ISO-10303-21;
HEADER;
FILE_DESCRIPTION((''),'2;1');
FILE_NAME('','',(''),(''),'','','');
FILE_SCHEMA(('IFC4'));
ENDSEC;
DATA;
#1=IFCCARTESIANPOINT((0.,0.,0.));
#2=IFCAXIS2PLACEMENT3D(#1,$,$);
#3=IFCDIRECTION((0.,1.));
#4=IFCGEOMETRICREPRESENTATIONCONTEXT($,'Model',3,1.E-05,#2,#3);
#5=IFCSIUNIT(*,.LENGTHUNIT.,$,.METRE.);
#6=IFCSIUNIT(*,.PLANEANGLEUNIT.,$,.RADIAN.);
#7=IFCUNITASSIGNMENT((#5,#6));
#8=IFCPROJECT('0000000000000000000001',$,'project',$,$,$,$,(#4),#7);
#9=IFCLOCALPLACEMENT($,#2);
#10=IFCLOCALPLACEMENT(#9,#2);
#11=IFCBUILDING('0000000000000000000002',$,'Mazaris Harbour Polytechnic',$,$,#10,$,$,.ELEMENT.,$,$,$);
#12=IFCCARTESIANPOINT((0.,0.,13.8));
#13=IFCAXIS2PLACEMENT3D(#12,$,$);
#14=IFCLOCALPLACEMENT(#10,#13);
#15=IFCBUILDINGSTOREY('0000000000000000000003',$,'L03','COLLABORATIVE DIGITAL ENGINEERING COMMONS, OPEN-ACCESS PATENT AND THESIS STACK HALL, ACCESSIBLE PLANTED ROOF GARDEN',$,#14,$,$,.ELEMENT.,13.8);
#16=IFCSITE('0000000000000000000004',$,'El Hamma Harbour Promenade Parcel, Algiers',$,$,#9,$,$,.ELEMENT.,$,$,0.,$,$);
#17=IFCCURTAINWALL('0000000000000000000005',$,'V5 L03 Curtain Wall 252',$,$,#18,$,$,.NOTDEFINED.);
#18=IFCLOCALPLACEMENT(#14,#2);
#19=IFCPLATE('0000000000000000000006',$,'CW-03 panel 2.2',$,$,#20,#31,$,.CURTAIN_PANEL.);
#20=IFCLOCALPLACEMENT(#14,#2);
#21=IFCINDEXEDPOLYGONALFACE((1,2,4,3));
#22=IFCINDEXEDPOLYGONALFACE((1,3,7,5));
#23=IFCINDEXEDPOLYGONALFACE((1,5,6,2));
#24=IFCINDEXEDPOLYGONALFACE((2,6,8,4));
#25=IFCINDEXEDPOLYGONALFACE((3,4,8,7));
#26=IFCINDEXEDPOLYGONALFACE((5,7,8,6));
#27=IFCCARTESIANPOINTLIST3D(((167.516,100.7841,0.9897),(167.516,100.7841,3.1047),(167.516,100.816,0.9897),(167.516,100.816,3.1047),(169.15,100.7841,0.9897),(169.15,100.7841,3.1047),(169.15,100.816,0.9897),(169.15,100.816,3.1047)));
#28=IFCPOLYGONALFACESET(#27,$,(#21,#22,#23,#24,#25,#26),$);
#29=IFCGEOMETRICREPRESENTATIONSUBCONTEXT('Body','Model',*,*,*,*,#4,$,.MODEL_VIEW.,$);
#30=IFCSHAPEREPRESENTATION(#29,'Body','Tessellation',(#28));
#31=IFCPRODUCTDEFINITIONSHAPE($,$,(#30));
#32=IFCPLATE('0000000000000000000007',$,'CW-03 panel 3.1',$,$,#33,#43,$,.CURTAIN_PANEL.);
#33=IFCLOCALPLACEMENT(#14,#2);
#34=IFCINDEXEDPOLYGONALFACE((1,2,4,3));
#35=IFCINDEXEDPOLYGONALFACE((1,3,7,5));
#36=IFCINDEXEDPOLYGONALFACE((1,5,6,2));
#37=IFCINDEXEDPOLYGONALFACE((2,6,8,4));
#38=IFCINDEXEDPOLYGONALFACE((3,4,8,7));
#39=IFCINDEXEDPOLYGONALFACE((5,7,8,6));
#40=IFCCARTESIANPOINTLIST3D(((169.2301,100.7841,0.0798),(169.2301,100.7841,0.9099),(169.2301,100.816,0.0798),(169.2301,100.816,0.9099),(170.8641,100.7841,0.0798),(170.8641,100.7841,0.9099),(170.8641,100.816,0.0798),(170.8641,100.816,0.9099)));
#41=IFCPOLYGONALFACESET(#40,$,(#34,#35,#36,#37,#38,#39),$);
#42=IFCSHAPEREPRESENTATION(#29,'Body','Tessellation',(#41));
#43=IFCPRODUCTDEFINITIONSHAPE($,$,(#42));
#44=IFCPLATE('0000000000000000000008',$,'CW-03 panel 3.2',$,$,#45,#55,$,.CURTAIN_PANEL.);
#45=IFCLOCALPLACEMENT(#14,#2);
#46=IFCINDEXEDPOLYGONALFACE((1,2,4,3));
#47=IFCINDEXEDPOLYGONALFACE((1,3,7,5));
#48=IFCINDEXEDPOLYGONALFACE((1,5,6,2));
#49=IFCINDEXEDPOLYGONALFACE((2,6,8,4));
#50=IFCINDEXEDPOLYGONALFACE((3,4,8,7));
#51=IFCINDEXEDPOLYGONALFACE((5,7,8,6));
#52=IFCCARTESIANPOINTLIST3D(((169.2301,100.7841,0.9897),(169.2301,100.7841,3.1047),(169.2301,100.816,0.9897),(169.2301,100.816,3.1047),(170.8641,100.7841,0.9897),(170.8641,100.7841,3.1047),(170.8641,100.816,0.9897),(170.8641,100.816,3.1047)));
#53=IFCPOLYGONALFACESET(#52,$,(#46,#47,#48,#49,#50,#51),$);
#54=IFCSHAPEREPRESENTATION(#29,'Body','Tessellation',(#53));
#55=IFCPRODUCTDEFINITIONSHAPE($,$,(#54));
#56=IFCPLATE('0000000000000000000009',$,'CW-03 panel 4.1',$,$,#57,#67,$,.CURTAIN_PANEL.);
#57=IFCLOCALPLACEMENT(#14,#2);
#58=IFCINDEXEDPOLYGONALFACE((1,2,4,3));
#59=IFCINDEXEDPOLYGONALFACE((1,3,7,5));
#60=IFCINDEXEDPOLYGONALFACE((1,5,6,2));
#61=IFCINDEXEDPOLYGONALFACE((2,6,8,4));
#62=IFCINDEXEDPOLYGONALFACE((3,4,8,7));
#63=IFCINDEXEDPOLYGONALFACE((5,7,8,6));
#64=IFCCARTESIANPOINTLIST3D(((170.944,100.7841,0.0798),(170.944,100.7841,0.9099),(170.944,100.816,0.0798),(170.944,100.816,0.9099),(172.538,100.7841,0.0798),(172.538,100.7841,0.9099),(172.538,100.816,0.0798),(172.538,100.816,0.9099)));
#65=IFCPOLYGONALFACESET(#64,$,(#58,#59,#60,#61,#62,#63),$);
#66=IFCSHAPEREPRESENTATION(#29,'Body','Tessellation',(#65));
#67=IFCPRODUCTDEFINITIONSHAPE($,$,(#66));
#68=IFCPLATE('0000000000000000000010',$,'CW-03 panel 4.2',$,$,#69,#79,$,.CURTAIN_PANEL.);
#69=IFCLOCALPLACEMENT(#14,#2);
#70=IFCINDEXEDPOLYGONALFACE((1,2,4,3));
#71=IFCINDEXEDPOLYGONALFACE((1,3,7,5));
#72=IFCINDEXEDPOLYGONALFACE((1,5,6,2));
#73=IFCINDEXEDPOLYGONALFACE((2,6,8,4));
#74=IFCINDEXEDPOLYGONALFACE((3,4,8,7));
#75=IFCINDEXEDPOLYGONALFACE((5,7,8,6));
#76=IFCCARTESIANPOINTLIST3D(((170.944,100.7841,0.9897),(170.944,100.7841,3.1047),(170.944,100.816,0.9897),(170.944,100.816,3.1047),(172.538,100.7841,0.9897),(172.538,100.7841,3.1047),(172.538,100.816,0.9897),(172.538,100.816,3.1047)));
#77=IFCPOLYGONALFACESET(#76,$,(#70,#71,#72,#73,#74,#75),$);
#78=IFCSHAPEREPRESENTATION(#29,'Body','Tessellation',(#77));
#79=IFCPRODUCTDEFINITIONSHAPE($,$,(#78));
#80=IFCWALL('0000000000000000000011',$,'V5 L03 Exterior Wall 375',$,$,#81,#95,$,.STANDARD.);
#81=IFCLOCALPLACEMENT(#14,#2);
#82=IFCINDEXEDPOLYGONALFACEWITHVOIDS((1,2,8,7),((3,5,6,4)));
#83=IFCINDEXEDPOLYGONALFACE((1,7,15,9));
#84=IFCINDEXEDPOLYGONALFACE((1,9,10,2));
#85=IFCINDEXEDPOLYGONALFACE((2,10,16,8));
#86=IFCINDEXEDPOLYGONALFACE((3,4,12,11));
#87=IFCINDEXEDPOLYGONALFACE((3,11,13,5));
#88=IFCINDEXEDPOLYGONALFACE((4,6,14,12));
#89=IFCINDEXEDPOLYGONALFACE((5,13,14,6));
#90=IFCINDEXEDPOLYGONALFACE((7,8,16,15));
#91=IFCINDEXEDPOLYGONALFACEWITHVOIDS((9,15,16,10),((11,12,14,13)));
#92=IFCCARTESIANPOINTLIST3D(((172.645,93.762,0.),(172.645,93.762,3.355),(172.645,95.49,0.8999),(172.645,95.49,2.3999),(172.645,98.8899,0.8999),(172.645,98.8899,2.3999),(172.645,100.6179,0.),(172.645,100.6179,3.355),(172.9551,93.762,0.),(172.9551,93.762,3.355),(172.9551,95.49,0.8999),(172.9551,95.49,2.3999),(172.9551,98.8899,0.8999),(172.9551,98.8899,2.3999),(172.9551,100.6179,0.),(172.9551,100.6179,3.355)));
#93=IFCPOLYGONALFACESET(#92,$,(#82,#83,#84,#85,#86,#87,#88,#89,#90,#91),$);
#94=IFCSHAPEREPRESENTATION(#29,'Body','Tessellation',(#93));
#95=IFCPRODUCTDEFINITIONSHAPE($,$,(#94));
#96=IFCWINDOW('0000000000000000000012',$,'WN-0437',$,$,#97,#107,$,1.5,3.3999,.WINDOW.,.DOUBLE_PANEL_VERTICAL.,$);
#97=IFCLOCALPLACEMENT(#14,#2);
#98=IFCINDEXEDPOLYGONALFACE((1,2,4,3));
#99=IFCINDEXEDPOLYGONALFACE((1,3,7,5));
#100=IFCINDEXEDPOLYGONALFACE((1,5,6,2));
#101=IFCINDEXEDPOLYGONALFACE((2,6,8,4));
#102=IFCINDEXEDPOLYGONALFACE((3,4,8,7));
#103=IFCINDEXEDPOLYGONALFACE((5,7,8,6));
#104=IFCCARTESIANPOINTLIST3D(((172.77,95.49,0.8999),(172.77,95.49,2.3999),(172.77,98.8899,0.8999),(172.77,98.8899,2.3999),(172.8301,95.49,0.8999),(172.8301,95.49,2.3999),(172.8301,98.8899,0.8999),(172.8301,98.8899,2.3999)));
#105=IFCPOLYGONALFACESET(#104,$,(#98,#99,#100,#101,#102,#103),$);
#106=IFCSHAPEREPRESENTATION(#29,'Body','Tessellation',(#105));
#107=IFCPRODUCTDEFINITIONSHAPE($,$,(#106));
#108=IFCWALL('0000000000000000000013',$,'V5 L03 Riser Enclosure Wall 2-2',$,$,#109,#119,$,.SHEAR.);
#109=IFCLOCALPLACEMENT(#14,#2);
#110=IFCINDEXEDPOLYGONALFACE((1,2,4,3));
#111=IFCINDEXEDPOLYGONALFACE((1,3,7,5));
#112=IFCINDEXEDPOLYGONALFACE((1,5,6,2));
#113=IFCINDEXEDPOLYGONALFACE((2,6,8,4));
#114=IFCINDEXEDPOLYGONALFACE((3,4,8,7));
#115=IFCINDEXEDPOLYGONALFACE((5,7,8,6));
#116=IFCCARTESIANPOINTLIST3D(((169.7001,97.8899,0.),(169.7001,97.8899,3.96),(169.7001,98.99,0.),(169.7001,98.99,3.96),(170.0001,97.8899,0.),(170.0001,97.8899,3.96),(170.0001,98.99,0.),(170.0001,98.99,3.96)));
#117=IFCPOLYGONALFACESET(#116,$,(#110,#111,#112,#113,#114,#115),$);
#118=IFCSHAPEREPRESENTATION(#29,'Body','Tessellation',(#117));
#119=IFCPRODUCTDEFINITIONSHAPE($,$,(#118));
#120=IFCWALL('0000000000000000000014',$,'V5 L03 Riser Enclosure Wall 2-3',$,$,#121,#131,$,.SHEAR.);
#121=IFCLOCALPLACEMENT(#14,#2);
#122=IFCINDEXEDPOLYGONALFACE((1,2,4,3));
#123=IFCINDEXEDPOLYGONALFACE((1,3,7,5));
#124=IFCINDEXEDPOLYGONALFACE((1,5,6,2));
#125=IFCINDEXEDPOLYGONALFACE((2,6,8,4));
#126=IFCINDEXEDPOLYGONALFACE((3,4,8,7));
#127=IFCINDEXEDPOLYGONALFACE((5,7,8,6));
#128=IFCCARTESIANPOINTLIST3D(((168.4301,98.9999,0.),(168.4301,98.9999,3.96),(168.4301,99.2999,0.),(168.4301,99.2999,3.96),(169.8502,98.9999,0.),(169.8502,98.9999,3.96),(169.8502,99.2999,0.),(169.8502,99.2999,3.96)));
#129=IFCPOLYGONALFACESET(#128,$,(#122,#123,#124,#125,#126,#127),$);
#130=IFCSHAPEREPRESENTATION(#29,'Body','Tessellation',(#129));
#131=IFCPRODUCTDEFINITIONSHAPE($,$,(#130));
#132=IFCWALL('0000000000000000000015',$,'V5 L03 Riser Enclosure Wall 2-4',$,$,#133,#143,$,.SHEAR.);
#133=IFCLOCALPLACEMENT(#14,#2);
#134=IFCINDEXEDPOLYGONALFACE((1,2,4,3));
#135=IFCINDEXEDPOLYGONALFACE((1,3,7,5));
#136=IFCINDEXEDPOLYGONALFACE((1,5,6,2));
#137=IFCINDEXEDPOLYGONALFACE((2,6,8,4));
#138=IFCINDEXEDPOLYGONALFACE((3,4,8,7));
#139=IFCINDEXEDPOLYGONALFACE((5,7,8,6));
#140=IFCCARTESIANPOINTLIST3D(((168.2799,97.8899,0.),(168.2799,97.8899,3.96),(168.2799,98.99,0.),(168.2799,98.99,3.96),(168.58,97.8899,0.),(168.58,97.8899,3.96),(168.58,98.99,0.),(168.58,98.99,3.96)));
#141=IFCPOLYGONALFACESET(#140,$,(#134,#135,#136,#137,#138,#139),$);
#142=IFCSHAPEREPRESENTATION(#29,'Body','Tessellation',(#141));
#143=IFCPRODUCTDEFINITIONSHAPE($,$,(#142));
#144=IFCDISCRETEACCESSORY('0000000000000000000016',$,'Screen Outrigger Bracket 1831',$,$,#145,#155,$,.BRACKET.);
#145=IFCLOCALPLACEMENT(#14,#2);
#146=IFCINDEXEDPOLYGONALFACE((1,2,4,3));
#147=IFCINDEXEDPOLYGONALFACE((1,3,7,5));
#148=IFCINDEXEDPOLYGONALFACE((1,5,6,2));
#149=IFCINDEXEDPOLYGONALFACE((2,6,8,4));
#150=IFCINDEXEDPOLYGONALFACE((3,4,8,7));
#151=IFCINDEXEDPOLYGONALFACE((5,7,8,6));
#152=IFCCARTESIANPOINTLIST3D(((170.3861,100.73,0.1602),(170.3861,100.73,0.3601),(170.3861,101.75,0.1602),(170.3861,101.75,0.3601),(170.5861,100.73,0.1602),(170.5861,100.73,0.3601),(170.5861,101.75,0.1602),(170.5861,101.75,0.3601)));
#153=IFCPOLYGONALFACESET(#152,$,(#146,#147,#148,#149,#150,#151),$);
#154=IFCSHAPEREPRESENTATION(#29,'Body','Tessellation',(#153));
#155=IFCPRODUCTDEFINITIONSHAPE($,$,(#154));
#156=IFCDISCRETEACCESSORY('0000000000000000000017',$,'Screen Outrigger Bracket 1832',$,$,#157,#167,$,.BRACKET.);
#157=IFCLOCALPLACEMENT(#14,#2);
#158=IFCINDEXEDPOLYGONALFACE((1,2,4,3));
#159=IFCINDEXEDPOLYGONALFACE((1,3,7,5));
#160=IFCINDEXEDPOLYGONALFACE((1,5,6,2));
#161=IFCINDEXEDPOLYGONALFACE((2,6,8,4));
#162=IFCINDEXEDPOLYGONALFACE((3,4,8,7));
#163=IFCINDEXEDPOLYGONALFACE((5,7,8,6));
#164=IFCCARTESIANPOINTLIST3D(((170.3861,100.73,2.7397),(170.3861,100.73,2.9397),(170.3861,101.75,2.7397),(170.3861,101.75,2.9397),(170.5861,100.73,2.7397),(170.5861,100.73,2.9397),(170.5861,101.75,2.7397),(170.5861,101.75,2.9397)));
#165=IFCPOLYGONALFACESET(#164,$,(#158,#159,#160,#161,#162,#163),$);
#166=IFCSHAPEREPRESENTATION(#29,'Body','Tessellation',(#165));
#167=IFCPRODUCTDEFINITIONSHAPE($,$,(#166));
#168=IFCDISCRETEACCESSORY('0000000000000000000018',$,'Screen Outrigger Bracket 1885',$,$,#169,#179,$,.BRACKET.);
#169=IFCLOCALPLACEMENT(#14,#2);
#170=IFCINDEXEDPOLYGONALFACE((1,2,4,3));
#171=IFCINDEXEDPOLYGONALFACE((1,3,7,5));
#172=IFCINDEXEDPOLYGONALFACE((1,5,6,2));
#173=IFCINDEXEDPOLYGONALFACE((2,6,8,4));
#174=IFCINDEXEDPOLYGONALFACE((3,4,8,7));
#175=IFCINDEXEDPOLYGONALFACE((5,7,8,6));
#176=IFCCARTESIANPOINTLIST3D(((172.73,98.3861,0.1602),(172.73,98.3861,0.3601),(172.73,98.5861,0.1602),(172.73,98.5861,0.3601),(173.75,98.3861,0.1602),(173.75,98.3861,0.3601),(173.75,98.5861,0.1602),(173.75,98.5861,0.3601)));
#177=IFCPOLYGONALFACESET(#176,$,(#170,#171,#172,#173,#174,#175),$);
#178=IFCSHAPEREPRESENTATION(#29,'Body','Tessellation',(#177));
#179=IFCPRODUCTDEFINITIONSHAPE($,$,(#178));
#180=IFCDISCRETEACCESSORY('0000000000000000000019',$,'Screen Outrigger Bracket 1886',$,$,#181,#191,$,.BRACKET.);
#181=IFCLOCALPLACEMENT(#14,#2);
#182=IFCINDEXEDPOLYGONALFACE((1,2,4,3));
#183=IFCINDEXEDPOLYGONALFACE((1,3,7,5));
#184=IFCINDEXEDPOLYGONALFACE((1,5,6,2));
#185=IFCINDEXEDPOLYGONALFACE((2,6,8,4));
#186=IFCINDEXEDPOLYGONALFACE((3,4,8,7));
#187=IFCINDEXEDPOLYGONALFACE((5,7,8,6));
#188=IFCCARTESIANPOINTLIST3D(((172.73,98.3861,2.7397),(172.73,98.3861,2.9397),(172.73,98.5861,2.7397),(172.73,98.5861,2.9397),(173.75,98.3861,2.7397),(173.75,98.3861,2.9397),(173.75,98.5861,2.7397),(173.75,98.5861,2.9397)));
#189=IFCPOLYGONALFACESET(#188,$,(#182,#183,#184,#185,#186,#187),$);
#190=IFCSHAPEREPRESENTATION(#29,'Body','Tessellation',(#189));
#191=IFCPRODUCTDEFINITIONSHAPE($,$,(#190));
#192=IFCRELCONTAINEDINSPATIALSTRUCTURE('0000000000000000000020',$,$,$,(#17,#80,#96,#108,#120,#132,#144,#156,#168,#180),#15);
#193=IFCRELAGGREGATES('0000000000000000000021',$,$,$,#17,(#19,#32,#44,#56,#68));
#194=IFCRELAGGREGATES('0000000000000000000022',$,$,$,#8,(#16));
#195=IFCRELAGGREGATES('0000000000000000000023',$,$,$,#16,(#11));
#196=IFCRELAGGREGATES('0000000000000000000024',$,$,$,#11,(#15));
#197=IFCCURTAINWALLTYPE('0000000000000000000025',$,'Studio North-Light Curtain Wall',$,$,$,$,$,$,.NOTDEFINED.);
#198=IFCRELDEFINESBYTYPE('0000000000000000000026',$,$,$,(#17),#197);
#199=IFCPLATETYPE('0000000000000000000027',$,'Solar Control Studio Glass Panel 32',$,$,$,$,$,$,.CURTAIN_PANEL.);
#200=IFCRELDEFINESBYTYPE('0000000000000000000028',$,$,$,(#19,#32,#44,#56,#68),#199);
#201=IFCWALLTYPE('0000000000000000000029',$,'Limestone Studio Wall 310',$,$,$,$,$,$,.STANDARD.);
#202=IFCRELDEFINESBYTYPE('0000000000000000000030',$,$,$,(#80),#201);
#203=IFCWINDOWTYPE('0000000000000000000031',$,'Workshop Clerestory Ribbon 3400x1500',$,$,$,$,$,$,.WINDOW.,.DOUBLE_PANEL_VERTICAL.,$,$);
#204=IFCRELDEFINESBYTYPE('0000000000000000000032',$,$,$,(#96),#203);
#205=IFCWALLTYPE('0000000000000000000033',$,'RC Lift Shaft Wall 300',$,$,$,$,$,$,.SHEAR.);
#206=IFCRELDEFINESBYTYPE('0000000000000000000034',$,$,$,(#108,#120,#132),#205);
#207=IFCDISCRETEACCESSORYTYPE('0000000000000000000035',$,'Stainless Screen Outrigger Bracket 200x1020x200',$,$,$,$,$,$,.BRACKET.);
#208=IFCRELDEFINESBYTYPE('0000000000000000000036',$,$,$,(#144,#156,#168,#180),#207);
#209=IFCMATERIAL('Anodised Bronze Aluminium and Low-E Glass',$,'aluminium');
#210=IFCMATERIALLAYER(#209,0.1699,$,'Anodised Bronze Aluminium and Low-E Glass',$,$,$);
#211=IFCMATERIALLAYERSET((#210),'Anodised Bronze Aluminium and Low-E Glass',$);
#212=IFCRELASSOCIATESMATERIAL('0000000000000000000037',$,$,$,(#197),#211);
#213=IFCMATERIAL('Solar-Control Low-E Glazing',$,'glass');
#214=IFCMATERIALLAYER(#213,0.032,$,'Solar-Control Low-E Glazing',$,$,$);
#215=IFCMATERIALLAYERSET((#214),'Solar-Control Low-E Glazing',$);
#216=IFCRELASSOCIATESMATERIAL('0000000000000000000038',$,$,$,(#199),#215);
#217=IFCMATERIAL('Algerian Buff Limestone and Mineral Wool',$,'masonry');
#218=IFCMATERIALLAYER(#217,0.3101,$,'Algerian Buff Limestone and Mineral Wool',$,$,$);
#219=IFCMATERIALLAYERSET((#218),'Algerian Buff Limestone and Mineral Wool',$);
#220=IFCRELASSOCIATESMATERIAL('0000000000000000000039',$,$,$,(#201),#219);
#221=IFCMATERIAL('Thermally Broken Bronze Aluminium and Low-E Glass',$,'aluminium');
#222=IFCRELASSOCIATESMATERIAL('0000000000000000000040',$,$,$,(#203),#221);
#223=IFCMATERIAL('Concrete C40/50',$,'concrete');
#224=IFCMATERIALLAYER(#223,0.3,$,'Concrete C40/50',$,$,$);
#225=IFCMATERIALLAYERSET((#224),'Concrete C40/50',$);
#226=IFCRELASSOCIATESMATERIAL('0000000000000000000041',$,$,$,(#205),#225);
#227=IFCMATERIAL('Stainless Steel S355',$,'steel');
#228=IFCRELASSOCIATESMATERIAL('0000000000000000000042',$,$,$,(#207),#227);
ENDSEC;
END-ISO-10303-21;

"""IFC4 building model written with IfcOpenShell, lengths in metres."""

from ifc_helpers import new_model, si_unit, direction, frame, frame_2d, origin, origin_2d, place, context, subcontext, project, spatial, rectangle, extrude, material, layer, layer_set, type_object, element, fill, aggregate, save


model = new_model("IFC4")

# Units and contexts
model_context = context("Model", 3, precision=1e-05, world=origin(), true_north=direction((0.0, 1.0)))
body_context = subcontext(model_context, "Body", "Model", "MODEL_VIEW")
ifc_project = project(units=[si_unit("LENGTHUNIT", "METRE"), si_unit("PLANEANGLEUNIT", "RADIAN")], contexts=[model_context])

# Site, building, storey
site_placement = place(None, origin())
site = spatial("IfcSite", under=ifc_project, at=site_placement, Name="El Hamma Harbour Promenade Parcel, Algiers", CompositionType="ELEMENT", RefElevation=0.0)
building_placement = place(site_placement, origin())
building = spatial("IfcBuilding", under=site, at=building_placement, Name="Mazaris Harbour Polytechnic", CompositionType="ELEMENT")
storey_placement = place(building_placement, frame((0.0, 0.0, 13.8)))
storey = spatial("IfcBuildingStorey", under=building, at=storey_placement, Name="L03", Description="COLLABORATIVE DIGITAL ENGINEERING COMMONS, OPEN-ACCESS PATENT AND THESIS STACK HALL, ACCESSIBLE PLANTED ROOF GARDEN", CompositionType="ELEMENT", Elevation=13.8)

# Curtain wall, plates
ifc_material_1 = material(Name="Anodised Bronze Aluminium and Low-E Glass", Category="aluminium")
ifc_layer_1 = layer(ifc_material_1, 0.1699, Name="Anodised Bronze Aluminium and Low-E Glass")
ifc_layer_set_1 = layer_set([ifc_layer_1], Name="Anodised Bronze Aluminium and Low-E Glass")
curtain_wall_type = type_object("IfcCurtainWallType", Name="Studio North-Light Curtain Wall", PredefinedType="NOTDEFINED", material=ifc_layer_set_1)
curtain_wall_placement = place(storey_placement, origin())
curtain_wall = element("IfcCurtainWall", 1, at=curtain_wall_placement, inside=storey, type_object=curtain_wall_type, Name="V5 L03 Curtain Wall 252", PredefinedType="NOTDEFINED")
ifc_material_2 = material(Name="Solar-Control Low-E Glazing", Category="glass")
ifc_layer_2 = layer(ifc_material_2, 0.032, Name="Solar-Control Low-E Glazing")
ifc_layer_set_2 = layer_set([ifc_layer_2], Name="Solar-Control Low-E Glazing")
plate_type = type_object("IfcPlateType", Name="Solar Control Studio Glass Panel 32", PredefinedType="CURTAIN_PANEL", material=ifc_layer_set_2)
plate_1_placement = place(storey_placement, frame((168.333, 100.8, 0.9897), z_axis=(0.0, 0.0, 1.0), x_axis=(1.0, 0.0, 0.0)))
plate_1 = element("IfcPlate", 2, at=plate_1_placement, type_object=plate_type, Name="CW-03 panel 2.2", PredefinedType="CURTAIN_PANEL", context=body_context, shape_type="SweptSolid", body=[
    extrude(rectangle(XDim=1.634, YDim=0.032, at=origin_2d()), origin(), (0.0, 0.0, 1.0), 2.115),
])
plate_2_placement = place(storey_placement, frame((170.0471, 100.8, 0.0798), z_axis=(0.0, 0.0, 1.0), x_axis=(1.0, 0.0, 0.0)))
plate_2 = element("IfcPlate", 3, at=plate_2_placement, type_object=plate_type, Name="CW-03 panel 3.1", PredefinedType="CURTAIN_PANEL", context=body_context, shape_type="SweptSolid", body=[
    extrude(rectangle(XDim=1.634, YDim=0.032, at=origin_2d()), origin(), (0.0, 0.0, 1.0), 0.8301),
])
plate_3_placement = place(storey_placement, frame((170.0471, 100.8, 0.9897), z_axis=(0.0, 0.0, 1.0), x_axis=(1.0, 0.0, 0.0)))
plate_3 = element("IfcPlate", 4, at=plate_3_placement, type_object=plate_type, Name="CW-03 panel 3.2", PredefinedType="CURTAIN_PANEL", context=body_context, shape_type="SweptSolid", body=[
    extrude(rectangle(XDim=1.634, YDim=0.032, at=origin_2d()), origin(), (0.0, 0.0, 1.0), 2.115),
])
plate_4_placement = place(storey_placement, frame((171.741, 100.8, 0.0798), z_axis=(0.0, 0.0, 1.0), x_axis=(1.0, 0.0, 0.0)))
plate_4 = element("IfcPlate", 5, at=plate_4_placement, type_object=plate_type, Name="CW-03 panel 4.1", PredefinedType="CURTAIN_PANEL", context=body_context, shape_type="SweptSolid", body=[
    extrude(rectangle(XDim=1.594, YDim=0.032, at=origin_2d()), origin(), (0.0, 0.0, 1.0), 0.8301),
])
plate_5_placement = place(storey_placement, frame((171.741, 100.8, 0.9897), z_axis=(0.0, 0.0, 1.0), x_axis=(1.0, 0.0, 0.0)))
plate_5 = element("IfcPlate", 6, at=plate_5_placement, type_object=plate_type, Name="CW-03 panel 4.2", PredefinedType="CURTAIN_PANEL", context=body_context, shape_type="SweptSolid", body=[
    extrude(rectangle(XDim=1.594, YDim=0.032, at=origin_2d()), origin(), (0.0, 0.0, 1.0), 2.115),
])
aggregate(curtain_wall, [plate_1, plate_2, plate_3, plate_4, plate_5])

# Wall, opening, window
ifc_material_3 = material(Name="Algerian Buff Limestone and Mineral Wool", Category="masonry")
ifc_layer_3 = layer(ifc_material_3, 0.3101, Name="Algerian Buff Limestone and Mineral Wool")
ifc_layer_set_3 = layer_set([ifc_layer_3], Name="Algerian Buff Limestone and Mineral Wool")
wall_type_1 = type_object("IfcWallType", Name="Limestone Studio Wall 310", PredefinedType="STANDARD", material=ifc_layer_set_3)
wall_1_placement = place(storey_placement, frame((172.8, 100.6179, 0.0), z_axis=(0.0, 0.0, 1.0), x_axis=(0.0, -1.0, 0.0)))
wall_1 = element("IfcWall", 7, at=wall_1_placement, inside=storey, type_object=wall_type_1, Name="V5 L03 Exterior Wall 375", PredefinedType="STANDARD", context=body_context, shape_type="SweptSolid", body=[
    extrude(rectangle(XDim=6.856, YDim=0.3101, at=frame_2d((3.428, 0.0))), origin(), (0.0, 0.0, 1.0), 3.355),
])
opening_placement = place(wall_1_placement, frame((1.728, 0.0, 0.8999)))
opening = element("IfcOpeningElement", 8, at=opening_placement, cuts=wall_1, PredefinedType="OPENING", context=body_context, shape_type="SweptSolid", body=[
    extrude(rectangle(XDim=3.3999, YDim=1.5, at=frame_2d((1.7, 0.75))), frame((0.0, 0.165, 0.0), z_axis=(0.0, -1.0, 0.0), x_axis=(1.0, 0.0, 0.0)), (0.0, 0.0, 1.0), 0.3301),
])
ifc_material_4 = material(Name="Thermally Broken Bronze Aluminium and Low-E Glass", Category="aluminium")
window_type = type_object("IfcWindowType", Name="Workshop Clerestory Ribbon 3400x1500", PartitioningType="DOUBLE_PANEL_VERTICAL", PredefinedType="WINDOW", material=ifc_material_4)
window_placement = place(opening_placement, origin())
window = element("IfcWindow", 9, at=window_placement, inside=storey, type_object=window_type, Name="WN-0437", OverallHeight=1.5, OverallWidth=3.3999, PartitioningType="DOUBLE_PANEL_VERTICAL", PredefinedType="WINDOW", context=body_context, shape_type="SweptSolid", body=[
    extrude(rectangle(XDim=3.3999, YDim=1.5, at=frame_2d((1.7, 0.75))), frame((0.0, 0.03, 0.0), z_axis=(0.0, -1.0, 0.0), x_axis=(1.0, 0.0, 0.0)), (0.0, 0.0, 1.0), 0.0601),
])
fill(opening, window)

# Walls
ifc_material_5 = material(Name="Concrete C40/50", Category="concrete")
ifc_layer_4 = layer(ifc_material_5, 0.3, Name="Concrete C40/50")
ifc_layer_set_4 = layer_set([ifc_layer_4], Name="Concrete C40/50")
wall_type_2 = type_object("IfcWallType", Name="RC Lift Shaft Wall 300", PredefinedType="SHEAR", material=ifc_layer_set_4)
wall_2_placement = place(storey_placement, frame((169.8501, 97.8899, 0.0), z_axis=(0.0, 0.0, 1.0), x_axis=(0.0, 1.0, 0.0)))
element("IfcWall", 10, at=wall_2_placement, inside=storey, type_object=wall_type_2, Name="V5 L03 Riser Enclosure Wall 2-2", PredefinedType="SHEAR", context=body_context, shape_type="SweptSolid", body=[
    extrude(rectangle(XDim=1.1001, YDim=0.3, at=frame_2d((0.55, 0.0))), origin(), (0.0, 0.0, 1.0), 3.96),
])
wall_3_placement = place(storey_placement, frame((169.8501, 99.1499, 0.0), z_axis=(0.0, 0.0, 1.0), x_axis=(-1.0, 0.0, 0.0)))
element("IfcWall", 11, at=wall_3_placement, inside=storey, type_object=wall_type_2, Name="V5 L03 Riser Enclosure Wall 2-3", PredefinedType="SHEAR", context=body_context, shape_type="SweptSolid", body=[
    extrude(rectangle(XDim=1.4202, YDim=0.3, at=frame_2d((0.71, 0.0))), origin(), (0.0, 0.0, 1.0), 3.96),
])
wall_4_placement = place(storey_placement, frame((168.4299, 98.99, 0.0), z_axis=(0.0, 0.0, 1.0), x_axis=(0.0, -1.0, 0.0)))
element("IfcWall", 12, at=wall_4_placement, inside=storey, type_object=wall_type_2, Name="V5 L03 Riser Enclosure Wall 2-4", PredefinedType="SHEAR", context=body_context, shape_type="SweptSolid", body=[
    extrude(rectangle(XDim=1.1001, YDim=0.3, at=frame_2d((0.55, 0.0))), origin(), (0.0, 0.0, 1.0), 3.96),
])

# Discrete accessories
ifc_material_6 = material(Name="Stainless Steel S355", Category="steel")
discrete_accessory_type = type_object("IfcDiscreteAccessoryType", Name="Stainless Screen Outrigger Bracket 200x1020x200", PredefinedType="BRACKET", material=ifc_material_6)
for number, where, z_axis, x_axis, name in (
    (13, (170.4861, 101.24, 0.1602), (0.0, 0.0, 1.0), (1.0, 0.0, 0.0), "Screen Outrigger Bracket 1831"),
    (14, (170.4861, 101.24, 2.7397), (0.0, 0.0, 1.0), (1.0, 0.0, 0.0), "Screen Outrigger Bracket 1832"),
    (15, (173.24, 98.4861, 0.1602), (0.0, 0.0, 1.0), (0.0, -1.0, 0.0), "Screen Outrigger Bracket 1885"),
    (16, (173.24, 98.4861, 2.7397), (0.0, 0.0, 1.0), (0.0, -1.0, 0.0), "Screen Outrigger Bracket 1886"),
):
    element("IfcDiscreteAccessory", number, at=place(storey_placement, frame(where, z_axis=z_axis, x_axis=x_axis)), inside=storey, type_object=discrete_accessory_type, Name=name, PredefinedType="BRACKET", context=body_context, shape_type="SweptSolid", body=[
        extrude(rectangle(XDim=0.2, YDim=1.02, at=origin_2d()), origin(), (0.0, 0.0, 1.0), 0.2),
    ])

save(model, "model.ifc")
